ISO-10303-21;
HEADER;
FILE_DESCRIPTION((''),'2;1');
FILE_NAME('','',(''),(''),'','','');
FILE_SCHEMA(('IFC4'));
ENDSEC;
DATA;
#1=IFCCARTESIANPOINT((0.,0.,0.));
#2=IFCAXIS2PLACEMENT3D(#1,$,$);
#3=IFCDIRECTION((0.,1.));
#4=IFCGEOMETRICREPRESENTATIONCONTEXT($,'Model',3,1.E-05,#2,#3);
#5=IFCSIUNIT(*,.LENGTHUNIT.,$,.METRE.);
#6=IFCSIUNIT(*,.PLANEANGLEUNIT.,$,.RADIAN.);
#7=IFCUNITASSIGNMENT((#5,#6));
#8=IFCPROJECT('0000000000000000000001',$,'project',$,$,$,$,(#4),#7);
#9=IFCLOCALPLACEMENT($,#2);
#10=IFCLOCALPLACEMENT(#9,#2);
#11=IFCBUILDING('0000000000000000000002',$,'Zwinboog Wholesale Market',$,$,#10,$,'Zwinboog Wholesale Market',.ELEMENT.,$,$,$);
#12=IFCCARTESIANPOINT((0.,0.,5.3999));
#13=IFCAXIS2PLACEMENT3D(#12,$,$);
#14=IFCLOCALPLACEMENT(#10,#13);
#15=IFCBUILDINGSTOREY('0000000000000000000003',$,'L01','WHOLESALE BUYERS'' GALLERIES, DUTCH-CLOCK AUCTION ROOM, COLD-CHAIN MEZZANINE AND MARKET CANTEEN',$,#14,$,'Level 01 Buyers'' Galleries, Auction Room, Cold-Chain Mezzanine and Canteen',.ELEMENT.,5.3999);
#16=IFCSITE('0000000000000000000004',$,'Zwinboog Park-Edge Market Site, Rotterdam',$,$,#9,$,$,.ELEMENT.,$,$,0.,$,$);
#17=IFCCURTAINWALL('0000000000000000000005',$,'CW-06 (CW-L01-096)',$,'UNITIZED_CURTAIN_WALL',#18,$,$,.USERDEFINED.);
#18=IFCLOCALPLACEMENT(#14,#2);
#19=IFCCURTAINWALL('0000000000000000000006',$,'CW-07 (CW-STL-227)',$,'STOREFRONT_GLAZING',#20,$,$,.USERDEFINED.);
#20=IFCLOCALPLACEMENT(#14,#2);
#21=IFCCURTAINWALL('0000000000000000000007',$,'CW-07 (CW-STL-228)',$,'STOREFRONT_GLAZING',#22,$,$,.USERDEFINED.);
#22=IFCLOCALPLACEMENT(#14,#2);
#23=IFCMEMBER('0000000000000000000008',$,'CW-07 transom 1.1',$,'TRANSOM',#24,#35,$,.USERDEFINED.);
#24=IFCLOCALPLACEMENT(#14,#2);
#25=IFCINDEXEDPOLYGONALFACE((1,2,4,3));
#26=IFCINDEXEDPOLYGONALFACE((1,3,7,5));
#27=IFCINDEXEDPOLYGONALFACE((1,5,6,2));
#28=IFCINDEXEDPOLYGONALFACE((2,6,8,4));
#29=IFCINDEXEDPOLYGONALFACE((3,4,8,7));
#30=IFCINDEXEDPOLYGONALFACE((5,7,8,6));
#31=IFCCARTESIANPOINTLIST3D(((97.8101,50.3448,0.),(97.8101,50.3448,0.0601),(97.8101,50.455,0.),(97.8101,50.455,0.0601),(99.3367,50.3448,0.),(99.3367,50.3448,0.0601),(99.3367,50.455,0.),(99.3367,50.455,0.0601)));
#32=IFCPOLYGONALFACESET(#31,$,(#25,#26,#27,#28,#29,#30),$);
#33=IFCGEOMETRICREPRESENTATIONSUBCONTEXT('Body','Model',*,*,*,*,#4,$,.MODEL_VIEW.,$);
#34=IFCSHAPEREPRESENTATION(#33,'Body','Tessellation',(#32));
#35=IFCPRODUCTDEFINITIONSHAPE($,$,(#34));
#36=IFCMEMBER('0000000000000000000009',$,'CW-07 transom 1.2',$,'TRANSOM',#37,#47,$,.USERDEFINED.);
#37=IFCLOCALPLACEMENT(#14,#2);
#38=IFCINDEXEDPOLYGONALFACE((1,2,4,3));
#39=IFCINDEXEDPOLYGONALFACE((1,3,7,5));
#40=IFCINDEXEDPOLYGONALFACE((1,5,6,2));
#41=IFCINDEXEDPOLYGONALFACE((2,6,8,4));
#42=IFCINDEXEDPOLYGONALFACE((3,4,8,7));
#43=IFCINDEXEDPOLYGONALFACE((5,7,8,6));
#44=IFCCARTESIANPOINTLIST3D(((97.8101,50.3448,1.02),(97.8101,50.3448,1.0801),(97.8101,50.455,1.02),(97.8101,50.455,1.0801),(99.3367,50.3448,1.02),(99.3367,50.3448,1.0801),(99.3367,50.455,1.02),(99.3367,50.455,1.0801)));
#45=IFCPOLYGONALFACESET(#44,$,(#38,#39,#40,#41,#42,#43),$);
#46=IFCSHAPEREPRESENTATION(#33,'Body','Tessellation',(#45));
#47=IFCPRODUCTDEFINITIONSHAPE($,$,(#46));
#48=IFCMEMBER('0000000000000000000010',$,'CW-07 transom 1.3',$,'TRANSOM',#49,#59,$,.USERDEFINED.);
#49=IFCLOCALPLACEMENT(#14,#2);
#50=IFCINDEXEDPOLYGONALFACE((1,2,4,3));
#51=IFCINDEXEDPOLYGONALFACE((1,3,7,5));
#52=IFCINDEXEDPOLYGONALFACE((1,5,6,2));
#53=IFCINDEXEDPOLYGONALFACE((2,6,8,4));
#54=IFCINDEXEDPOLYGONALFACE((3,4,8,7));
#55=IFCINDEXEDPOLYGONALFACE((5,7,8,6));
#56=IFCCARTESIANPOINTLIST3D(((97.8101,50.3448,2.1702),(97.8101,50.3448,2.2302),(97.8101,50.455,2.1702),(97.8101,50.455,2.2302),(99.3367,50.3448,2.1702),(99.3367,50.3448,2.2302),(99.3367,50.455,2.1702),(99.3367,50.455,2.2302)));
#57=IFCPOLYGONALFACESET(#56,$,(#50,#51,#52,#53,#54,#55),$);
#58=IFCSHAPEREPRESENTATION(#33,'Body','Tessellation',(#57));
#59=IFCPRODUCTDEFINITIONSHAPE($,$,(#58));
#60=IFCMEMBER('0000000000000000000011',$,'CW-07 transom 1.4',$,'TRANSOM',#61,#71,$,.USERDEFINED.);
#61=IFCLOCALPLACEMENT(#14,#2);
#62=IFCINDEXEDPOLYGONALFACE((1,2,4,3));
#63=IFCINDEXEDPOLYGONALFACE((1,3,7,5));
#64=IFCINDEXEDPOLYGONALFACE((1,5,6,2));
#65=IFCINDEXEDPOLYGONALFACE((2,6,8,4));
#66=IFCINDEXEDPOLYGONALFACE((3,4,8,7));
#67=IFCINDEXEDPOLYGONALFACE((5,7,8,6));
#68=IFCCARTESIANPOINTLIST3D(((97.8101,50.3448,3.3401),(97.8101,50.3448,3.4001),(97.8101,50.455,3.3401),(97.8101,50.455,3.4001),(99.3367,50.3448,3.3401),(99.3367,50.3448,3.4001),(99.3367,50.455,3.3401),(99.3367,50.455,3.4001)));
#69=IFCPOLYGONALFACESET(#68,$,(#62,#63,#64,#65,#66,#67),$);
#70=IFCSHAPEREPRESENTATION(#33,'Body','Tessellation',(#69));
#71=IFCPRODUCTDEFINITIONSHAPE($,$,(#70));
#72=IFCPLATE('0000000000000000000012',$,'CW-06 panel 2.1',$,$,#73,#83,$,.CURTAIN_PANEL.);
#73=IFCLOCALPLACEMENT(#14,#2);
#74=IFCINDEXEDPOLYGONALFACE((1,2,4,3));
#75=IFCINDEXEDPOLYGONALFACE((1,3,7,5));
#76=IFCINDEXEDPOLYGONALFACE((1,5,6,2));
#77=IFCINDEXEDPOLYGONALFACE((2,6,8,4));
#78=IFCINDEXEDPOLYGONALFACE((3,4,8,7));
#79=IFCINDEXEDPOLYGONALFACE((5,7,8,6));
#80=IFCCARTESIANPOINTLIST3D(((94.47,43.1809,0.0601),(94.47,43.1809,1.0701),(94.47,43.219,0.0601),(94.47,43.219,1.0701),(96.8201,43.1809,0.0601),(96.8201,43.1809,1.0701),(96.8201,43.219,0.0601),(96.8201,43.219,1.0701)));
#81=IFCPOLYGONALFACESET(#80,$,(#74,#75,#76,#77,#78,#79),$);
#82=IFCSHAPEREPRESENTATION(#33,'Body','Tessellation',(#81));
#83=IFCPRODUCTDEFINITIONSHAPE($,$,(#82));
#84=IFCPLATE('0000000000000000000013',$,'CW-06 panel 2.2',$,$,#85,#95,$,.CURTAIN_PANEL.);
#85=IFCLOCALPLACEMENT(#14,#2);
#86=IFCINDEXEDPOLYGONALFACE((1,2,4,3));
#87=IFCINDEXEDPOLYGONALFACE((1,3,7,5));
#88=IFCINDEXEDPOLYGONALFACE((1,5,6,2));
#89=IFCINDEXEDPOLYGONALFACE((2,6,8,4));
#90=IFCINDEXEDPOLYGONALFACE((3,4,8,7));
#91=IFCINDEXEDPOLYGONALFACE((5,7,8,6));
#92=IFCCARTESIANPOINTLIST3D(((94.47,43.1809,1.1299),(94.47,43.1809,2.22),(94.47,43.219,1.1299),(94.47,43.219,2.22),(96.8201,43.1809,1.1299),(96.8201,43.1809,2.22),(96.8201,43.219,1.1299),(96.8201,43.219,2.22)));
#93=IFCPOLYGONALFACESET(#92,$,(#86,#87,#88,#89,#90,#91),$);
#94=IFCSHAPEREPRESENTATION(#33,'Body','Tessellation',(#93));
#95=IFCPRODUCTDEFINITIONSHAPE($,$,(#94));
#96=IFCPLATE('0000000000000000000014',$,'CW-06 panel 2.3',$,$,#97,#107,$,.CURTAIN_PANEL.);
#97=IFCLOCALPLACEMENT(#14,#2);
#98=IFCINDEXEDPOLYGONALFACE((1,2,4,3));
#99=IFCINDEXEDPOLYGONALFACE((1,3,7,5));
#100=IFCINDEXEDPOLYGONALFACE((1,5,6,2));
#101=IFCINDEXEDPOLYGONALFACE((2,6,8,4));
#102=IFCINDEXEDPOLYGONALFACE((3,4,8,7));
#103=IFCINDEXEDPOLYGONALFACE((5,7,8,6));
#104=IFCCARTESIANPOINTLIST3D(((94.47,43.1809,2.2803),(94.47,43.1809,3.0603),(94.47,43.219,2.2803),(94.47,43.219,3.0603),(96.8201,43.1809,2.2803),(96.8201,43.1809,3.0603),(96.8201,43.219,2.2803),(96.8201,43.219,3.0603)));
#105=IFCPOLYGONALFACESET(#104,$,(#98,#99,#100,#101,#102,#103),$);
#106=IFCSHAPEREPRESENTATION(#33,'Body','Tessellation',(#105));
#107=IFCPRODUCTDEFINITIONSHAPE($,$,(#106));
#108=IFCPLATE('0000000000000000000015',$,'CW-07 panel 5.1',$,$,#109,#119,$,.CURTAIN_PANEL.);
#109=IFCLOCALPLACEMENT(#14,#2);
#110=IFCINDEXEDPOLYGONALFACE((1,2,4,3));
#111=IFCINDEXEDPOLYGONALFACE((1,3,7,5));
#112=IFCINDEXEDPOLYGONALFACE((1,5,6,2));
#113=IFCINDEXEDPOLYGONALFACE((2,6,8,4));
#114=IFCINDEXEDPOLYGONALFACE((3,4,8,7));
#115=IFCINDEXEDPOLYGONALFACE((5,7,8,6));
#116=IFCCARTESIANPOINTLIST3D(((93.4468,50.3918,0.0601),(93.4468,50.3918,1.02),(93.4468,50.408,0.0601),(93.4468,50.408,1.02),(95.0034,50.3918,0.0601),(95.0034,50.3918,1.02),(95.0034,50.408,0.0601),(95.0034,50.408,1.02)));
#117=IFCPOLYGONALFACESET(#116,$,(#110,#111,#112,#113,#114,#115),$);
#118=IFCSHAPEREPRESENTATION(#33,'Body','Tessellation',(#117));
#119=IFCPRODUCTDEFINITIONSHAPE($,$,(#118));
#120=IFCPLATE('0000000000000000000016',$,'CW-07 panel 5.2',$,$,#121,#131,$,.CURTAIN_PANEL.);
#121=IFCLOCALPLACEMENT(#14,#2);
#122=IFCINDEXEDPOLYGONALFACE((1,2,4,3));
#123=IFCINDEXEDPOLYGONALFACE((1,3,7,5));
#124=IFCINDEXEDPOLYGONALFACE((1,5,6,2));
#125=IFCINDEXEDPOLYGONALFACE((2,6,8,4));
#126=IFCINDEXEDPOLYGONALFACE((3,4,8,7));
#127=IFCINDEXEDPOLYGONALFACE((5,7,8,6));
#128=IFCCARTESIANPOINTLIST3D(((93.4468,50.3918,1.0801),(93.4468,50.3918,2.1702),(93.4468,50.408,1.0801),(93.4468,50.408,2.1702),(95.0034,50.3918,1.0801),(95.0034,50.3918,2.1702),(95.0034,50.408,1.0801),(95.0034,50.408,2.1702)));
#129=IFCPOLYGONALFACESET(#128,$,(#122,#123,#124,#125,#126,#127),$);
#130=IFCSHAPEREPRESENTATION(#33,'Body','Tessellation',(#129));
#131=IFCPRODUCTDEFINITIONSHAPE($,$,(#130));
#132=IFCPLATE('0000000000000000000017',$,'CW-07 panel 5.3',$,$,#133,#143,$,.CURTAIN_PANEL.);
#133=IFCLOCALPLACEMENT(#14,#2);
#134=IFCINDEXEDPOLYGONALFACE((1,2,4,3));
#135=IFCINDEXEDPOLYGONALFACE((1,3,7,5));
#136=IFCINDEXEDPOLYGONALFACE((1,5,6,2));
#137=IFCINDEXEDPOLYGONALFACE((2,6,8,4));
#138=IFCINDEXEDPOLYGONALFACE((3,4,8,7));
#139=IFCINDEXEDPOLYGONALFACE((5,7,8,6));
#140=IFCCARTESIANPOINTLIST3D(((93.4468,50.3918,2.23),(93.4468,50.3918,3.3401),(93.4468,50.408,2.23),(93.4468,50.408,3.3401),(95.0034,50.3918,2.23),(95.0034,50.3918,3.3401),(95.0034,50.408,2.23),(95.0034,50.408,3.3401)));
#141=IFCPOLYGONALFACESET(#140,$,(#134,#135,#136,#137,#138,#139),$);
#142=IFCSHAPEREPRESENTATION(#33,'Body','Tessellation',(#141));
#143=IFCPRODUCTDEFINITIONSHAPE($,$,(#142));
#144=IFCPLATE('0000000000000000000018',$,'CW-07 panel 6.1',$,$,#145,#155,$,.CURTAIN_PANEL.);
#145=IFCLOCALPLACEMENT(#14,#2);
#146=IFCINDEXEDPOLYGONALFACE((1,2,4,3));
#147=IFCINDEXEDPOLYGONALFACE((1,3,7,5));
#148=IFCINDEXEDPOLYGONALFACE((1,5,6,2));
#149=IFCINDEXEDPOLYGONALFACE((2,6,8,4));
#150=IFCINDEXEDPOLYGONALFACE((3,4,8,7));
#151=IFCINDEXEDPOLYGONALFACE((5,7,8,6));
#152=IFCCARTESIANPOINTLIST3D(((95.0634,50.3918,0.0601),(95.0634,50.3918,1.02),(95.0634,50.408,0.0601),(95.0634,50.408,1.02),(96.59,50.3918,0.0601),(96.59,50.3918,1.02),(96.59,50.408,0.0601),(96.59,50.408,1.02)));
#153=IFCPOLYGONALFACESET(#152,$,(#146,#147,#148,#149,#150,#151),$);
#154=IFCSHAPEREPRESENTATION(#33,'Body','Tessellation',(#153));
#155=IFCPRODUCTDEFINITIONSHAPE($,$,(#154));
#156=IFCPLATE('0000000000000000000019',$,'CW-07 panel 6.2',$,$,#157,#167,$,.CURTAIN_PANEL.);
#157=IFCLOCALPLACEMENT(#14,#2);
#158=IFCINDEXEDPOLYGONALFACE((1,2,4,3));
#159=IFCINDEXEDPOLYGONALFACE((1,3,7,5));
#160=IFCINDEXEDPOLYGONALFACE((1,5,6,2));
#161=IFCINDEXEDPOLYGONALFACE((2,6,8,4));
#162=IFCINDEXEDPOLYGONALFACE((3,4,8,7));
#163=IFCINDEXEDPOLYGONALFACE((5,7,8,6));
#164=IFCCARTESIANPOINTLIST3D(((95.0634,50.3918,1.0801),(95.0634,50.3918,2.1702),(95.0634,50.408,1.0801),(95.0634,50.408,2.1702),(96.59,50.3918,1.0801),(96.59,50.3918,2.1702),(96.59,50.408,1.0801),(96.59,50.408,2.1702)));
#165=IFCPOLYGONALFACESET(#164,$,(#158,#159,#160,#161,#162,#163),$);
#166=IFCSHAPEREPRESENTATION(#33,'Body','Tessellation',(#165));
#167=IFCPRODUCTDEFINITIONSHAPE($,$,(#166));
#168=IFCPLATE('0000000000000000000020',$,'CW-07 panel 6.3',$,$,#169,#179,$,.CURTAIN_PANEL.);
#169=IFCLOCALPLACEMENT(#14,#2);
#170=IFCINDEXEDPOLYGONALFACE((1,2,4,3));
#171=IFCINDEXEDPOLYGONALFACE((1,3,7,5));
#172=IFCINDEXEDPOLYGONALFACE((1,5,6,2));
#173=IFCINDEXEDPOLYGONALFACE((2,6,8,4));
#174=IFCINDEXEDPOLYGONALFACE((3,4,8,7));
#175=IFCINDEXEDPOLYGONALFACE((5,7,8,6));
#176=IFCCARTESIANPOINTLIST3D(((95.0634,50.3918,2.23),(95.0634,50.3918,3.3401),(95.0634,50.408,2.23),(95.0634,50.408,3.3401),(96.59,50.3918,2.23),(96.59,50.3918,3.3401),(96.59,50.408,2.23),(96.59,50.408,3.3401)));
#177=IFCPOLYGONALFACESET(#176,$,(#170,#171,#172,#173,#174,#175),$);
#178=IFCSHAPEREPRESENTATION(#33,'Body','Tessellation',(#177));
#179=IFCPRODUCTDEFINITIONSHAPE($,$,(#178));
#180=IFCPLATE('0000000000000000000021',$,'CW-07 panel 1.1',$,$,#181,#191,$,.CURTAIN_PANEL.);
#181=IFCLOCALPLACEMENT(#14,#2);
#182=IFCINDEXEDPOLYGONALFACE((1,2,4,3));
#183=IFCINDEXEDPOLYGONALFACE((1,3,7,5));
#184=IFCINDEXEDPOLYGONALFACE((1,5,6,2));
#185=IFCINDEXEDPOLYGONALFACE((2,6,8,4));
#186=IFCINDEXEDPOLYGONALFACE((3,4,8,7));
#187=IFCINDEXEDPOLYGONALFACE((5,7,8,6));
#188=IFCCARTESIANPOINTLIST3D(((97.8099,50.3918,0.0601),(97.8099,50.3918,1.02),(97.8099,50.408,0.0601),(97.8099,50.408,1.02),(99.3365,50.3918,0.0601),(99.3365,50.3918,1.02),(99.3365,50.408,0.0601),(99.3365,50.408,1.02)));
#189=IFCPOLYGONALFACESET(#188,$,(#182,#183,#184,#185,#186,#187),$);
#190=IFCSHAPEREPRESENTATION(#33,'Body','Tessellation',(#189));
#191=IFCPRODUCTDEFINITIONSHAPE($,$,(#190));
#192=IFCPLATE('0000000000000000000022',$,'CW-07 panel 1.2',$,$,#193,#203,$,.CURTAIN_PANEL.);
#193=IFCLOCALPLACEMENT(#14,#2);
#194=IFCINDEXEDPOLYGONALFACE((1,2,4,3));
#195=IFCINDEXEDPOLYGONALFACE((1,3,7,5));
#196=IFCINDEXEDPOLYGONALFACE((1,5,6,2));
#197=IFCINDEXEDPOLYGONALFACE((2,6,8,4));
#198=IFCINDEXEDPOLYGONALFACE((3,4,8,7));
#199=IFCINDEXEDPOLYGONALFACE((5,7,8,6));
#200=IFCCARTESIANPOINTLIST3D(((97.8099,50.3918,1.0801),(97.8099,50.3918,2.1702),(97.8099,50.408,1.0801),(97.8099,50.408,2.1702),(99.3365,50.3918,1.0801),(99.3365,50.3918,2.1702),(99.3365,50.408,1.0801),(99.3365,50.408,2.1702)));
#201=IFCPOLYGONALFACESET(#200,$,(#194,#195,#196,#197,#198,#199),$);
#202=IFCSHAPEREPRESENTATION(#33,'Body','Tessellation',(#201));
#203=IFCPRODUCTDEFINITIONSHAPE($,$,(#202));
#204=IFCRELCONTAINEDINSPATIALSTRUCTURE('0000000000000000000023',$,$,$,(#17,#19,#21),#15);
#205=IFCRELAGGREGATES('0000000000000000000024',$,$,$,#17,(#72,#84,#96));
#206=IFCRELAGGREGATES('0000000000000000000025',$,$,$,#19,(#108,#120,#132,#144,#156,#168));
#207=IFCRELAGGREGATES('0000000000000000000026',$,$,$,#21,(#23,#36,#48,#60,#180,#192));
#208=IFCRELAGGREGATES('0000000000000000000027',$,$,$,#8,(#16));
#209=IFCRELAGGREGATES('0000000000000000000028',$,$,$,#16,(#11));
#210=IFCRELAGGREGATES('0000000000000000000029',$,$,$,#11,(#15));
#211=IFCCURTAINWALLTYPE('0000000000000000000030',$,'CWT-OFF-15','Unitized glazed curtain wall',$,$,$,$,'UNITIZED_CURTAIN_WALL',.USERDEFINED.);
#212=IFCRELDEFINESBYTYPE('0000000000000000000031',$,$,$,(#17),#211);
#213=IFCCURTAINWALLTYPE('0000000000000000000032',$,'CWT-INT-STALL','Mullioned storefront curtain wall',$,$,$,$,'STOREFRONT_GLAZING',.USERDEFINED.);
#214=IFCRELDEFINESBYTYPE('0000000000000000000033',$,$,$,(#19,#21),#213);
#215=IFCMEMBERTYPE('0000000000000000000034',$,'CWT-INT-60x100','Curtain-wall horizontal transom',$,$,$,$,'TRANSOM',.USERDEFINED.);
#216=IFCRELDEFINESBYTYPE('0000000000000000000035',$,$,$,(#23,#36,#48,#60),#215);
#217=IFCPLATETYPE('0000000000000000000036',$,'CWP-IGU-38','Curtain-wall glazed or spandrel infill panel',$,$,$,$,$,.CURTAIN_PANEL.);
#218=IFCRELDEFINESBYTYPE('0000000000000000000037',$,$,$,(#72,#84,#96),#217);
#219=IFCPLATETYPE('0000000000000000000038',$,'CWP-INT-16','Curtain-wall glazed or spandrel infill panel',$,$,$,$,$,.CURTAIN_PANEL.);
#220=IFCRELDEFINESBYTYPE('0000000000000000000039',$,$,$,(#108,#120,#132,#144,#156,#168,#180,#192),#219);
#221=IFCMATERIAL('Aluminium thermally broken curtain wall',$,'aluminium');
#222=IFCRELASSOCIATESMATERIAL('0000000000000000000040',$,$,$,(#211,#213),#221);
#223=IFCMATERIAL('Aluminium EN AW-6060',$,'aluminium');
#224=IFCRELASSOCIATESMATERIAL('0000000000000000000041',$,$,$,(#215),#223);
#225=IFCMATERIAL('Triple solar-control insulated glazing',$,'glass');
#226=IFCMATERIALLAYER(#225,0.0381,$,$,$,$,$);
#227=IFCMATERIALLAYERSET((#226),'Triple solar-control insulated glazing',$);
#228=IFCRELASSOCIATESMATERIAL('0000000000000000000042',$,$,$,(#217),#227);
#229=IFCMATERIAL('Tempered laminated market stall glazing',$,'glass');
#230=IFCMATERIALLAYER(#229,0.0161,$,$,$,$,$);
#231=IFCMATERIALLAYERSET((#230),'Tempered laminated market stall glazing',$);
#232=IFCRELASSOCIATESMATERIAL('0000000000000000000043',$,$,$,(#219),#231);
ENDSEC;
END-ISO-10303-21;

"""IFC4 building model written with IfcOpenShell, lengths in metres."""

from ifc_helpers import new_model, si_unit, direction, frame, origin, origin_2d, place, context, subcontext, project, spatial, rectangle, extrude, material, layer, layer_set, material_profile, profile_set, type_object, element, aggregate, save


model = new_model("IFC4")

# Units and contexts
model_context = context("Model", 3, precision=1e-05, world=origin(), true_north=direction((0.0, 1.0)))
body_context = subcontext(model_context, "Body", "Model", "MODEL_VIEW")
ifc_project = project(units=[si_unit("LENGTHUNIT", "METRE"), si_unit("PLANEANGLEUNIT", "RADIAN")], contexts=[model_context])

# Site, building, storey
site_placement = place(None, origin())
site = spatial("IfcSite", under=ifc_project, at=site_placement, Name="Zwinboog Park-Edge Market Site, Rotterdam", CompositionType="ELEMENT", RefElevation=0.0)
building_placement = place(site_placement, origin())
building = spatial("IfcBuilding", under=site, at=building_placement, Name="Zwinboog Wholesale Market", LongName="Zwinboog Wholesale Market", CompositionType="ELEMENT")
storey_placement = place(building_placement, frame((0.0, 0.0, 5.3999)))
storey = spatial("IfcBuildingStorey", under=building, at=storey_placement, Name="L01", Description="WHOLESALE BUYERS' GALLERIES, DUTCH-CLOCK AUCTION ROOM, COLD-CHAIN MEZZANINE AND MARKET CANTEEN", LongName="Level 01 Buyers' Galleries, Auction Room, Cold-Chain Mezzanine and Canteen", CompositionType="ELEMENT", Elevation=5.3999)

# Curtain wall
ifc_material_1 = material(Name="Aluminium thermally broken curtain wall", Category="aluminium")
ifc_material_2 = material(Name="Aluminium EN AW-6060", Category="aluminium")
curtain_wall_type_1 = type_object("IfcCurtainWallType", Name="CWT-OFF-15", Description="Unitized glazed curtain wall", ElementType="UNITIZED_CURTAIN_WALL", PredefinedType="USERDEFINED", material=ifc_material_1)
curtain_wall_1_placement = place(storey_placement, origin())
curtain_wall_1 = element("IfcCurtainWall", 1, at=curtain_wall_1_placement, inside=storey, type_object=curtain_wall_type_1, Name="CW-06 (CW-L01-096)", ObjectType="UNITIZED_CURTAIN_WALL", PredefinedType="USERDEFINED")

# Curtain wall
curtain_wall_type_2 = type_object("IfcCurtainWallType", Name="CWT-INT-STALL", Description="Mullioned storefront curtain wall", ElementType="STOREFRONT_GLAZING", PredefinedType="USERDEFINED", material=ifc_material_1)
curtain_wall_2_placement = place(storey_placement, origin())
curtain_wall_2 = element("IfcCurtainWall", 2, at=curtain_wall_2_placement, inside=storey, type_object=curtain_wall_type_2, Name="CW-07 (CW-STL-227)", ObjectType="STOREFRONT_GLAZING", PredefinedType="USERDEFINED")

# Curtain wall
curtain_wall_3_placement = place(storey_placement, origin())
curtain_wall_3 = element("IfcCurtainWall", 3, at=curtain_wall_3_placement, inside=storey, type_object=curtain_wall_type_2, Name="CW-07 (CW-STL-228)", ObjectType="STOREFRONT_GLAZING", PredefinedType="USERDEFINED")

# Members
ifc_material_profile_1 = material_profile(ifc_material_2, rectangle(XDim=0.1101, YDim=0.0601, at=origin_2d()), Name="AL 60x110")
ifc_profile_set_1 = profile_set([ifc_material_profile_1], Name="Aluminium EN AW-6060")
member_type_1 = type_object("IfcMemberType", Name="CWT-INT-60x100", Description="Curtain-wall horizontal transom", ElementType="TRANSOM", PredefinedType="USERDEFINED", material=ifc_profile_set_1)
member_1_placement = place(storey_placement, frame((97.8101, 50.3999, 0.03), z_axis=(1.0, 0.0, 0.0), x_axis=(0.0, 1.0, 0.0)))
member_1 = element("IfcMember", 4, at=member_1_placement, type_object=member_type_1, Name="CW-07 transom 1.1", ObjectType="TRANSOM", PredefinedType="USERDEFINED", context=body_context, shape_type="SweptSolid", body=[
    extrude(rectangle(XDim=0.1101, YDim=0.0601, at=origin_2d()), origin(), (0.0, 0.0, 1.0), 1.5266),
])
member_2_placement = place(storey_placement, frame((97.8101, 50.3999, 1.05), z_axis=(1.0, 0.0, 0.0), x_axis=(0.0, 1.0, 0.0)))
member_2 = element("IfcMember", 5, at=member_2_placement, type_object=member_type_1, Name="CW-07 transom 1.2", ObjectType="TRANSOM", PredefinedType="USERDEFINED", context=body_context, shape_type="SweptSolid", body=[
    extrude(rectangle(XDim=0.1101, YDim=0.0601, at=origin_2d()), origin(), (0.0, 0.0, 1.0), 1.5266),
])
member_3_placement = place(storey_placement, frame((97.8101, 50.3999, 2.2002), z_axis=(1.0, 0.0, 0.0), x_axis=(0.0, 1.0, 0.0)))
member_3 = element("IfcMember", 6, at=member_3_placement, type_object=member_type_1, Name="CW-07 transom 1.3", ObjectType="TRANSOM", PredefinedType="USERDEFINED", context=body_context, shape_type="SweptSolid", body=[
    extrude(rectangle(XDim=0.1101, YDim=0.0601, at=origin_2d()), origin(), (0.0, 0.0, 1.0), 1.5266),
])
member_4_placement = place(storey_placement, frame((97.8101, 50.3999, 3.3701), z_axis=(1.0, 0.0, 0.0), x_axis=(0.0, 1.0, 0.0)))
member_4 = element("IfcMember", 7, at=member_4_placement, type_object=member_type_1, Name="CW-07 transom 1.4", ObjectType="TRANSOM", PredefinedType="USERDEFINED", context=body_context, shape_type="SweptSolid", body=[
    extrude(rectangle(XDim=0.1101, YDim=0.0601, at=origin_2d()), origin(), (0.0, 0.0, 1.0), 1.5266),
])

# Plates
ifc_material_3 = material(Name="Triple solar-control insulated glazing", Category="glass")
ifc_layer_1 = layer(ifc_material_3, 0.0381)
ifc_layer_set_1 = layer_set([ifc_layer_1], Name="Triple solar-control insulated glazing")
plate_type_1 = type_object("IfcPlateType", Name="CWP-IGU-38", Description="Curtain-wall glazed or spandrel infill panel", PredefinedType="CURTAIN_PANEL", material=ifc_layer_set_1)
plate_1_placement = place(storey_placement, frame((95.645, 43.2, 0.0601), z_axis=(0.0, 0.0, 1.0), x_axis=(1.0, 0.0, 0.0)))
plate_1 = element("IfcPlate", 8, at=plate_1_placement, type_object=plate_type_1, Name="CW-06 panel 2.1", PredefinedType="CURTAIN_PANEL", context=body_context, shape_type="SweptSolid", body=[
    extrude(rectangle(XDim=2.3501, YDim=0.0381, at=origin_2d()), origin(), (0.0, 0.0, 1.0), 1.01),
])
plate_2_placement = place(storey_placement, frame((95.645, 43.2, 1.1299), z_axis=(0.0, 0.0, 1.0), x_axis=(1.0, 0.0, 0.0)))
plate_2 = element("IfcPlate", 9, at=plate_2_placement, type_object=plate_type_1, Name="CW-06 panel 2.2", PredefinedType="CURTAIN_PANEL", context=body_context, shape_type="SweptSolid", body=[
    extrude(rectangle(XDim=2.3501, YDim=0.0381, at=origin_2d()), origin(), (0.0, 0.0, 1.0), 1.0901),
])
plate_3_placement = place(storey_placement, frame((95.645, 43.2, 2.2803), z_axis=(0.0, 0.0, 1.0), x_axis=(1.0, 0.0, 0.0)))
plate_3 = element("IfcPlate", 10, at=plate_3_placement, type_object=plate_type_1, Name="CW-06 panel 2.3", PredefinedType="CURTAIN_PANEL", context=body_context, shape_type="SweptSolid", body=[
    extrude(rectangle(XDim=2.3501, YDim=0.0381, at=origin_2d()), origin(), (0.0, 0.0, 1.0), 0.78),
])
aggregate(curtain_wall_1, [plate_1, plate_2, plate_3])
ifc_material_4 = material(Name="Tempered laminated market stall glazing", Category="glass")
ifc_layer_2 = layer(ifc_material_4, 0.0161)
ifc_layer_set_2 = layer_set([ifc_layer_2], Name="Tempered laminated market stall glazing")
plate_type_2 = type_object("IfcPlateType", Name="CWP-INT-16", Description="Curtain-wall glazed or spandrel infill panel", PredefinedType="CURTAIN_PANEL", material=ifc_layer_set_2)
plate_4_placement = place(storey_placement, frame((94.2251, 50.3999, 0.0601), z_axis=(0.0, 0.0, 1.0), x_axis=(1.0, 0.0, 0.0)))
plate_4 = element("IfcPlate", 11, at=plate_4_placement, type_object=plate_type_2, Name="CW-07 panel 5.1", PredefinedType="CURTAIN_PANEL", context=body_context, shape_type="SweptSolid", body=[
    extrude(rectangle(XDim=1.5566, YDim=0.0161, at=origin_2d()), origin(), (0.0, 0.0, 1.0), 0.96),
])
plate_5_placement = place(storey_placement, frame((94.2251, 50.3999, 1.0801), z_axis=(0.0, 0.0, 1.0), x_axis=(1.0, 0.0, 0.0)))
plate_5 = element("IfcPlate", 12, at=plate_5_placement, type_object=plate_type_2, Name="CW-07 panel 5.2", PredefinedType="CURTAIN_PANEL", context=body_context, shape_type="SweptSolid", body=[
    extrude(rectangle(XDim=1.5566, YDim=0.0161, at=origin_2d()), origin(), (0.0, 0.0, 1.0), 1.0901),
])
plate_6_placement = place(storey_placement, frame((94.2251, 50.3999, 2.23), z_axis=(0.0, 0.0, 1.0), x_axis=(1.0, 0.0, 0.0)))
plate_6 = element("IfcPlate", 13, at=plate_6_placement, type_object=plate_type_2, Name="CW-07 panel 5.3", PredefinedType="CURTAIN_PANEL", context=body_context, shape_type="SweptSolid", body=[
    extrude(rectangle(XDim=1.5566, YDim=0.0161, at=origin_2d()), origin(), (0.0, 0.0, 1.0), 1.1101),
])
plate_7_placement = place(storey_placement, frame((95.8267, 50.3999, 0.0601), z_axis=(0.0, 0.0, 1.0), x_axis=(1.0, 0.0, 0.0)))
plate_7 = element("IfcPlate", 14, at=plate_7_placement, type_object=plate_type_2, Name="CW-07 panel 6.1", PredefinedType="CURTAIN_PANEL", context=body_context, shape_type="SweptSolid", body=[
    extrude(rectangle(XDim=1.5266, YDim=0.0161, at=origin_2d()), origin(), (0.0, 0.0, 1.0), 0.96),
])
plate_8_placement = place(storey_placement, frame((95.8267, 50.3999, 1.0801), z_axis=(0.0, 0.0, 1.0), x_axis=(1.0, 0.0, 0.0)))
plate_8 = element("IfcPlate", 15, at=plate_8_placement, type_object=plate_type_2, Name="CW-07 panel 6.2", PredefinedType="CURTAIN_PANEL", context=body_context, shape_type="SweptSolid", body=[
    extrude(rectangle(XDim=1.5266, YDim=0.0161, at=origin_2d()), origin(), (0.0, 0.0, 1.0), 1.0901),
])
plate_9_placement = place(storey_placement, frame((95.8267, 50.3999, 2.23), z_axis=(0.0, 0.0, 1.0), x_axis=(1.0, 0.0, 0.0)))
plate_9 = element("IfcPlate", 16, at=plate_9_placement, type_object=plate_type_2, Name="CW-07 panel 6.3", PredefinedType="CURTAIN_PANEL", context=body_context, shape_type="SweptSolid", body=[
    extrude(rectangle(XDim=1.5266, YDim=0.0161, at=origin_2d()), origin(), (0.0, 0.0, 1.0), 1.1101),
])
aggregate(curtain_wall_2, [plate_4, plate_5, plate_6, plate_7, plate_8, plate_9])
plate_10_placement = place(storey_placement, frame((98.5732, 50.3999, 0.0601), z_axis=(0.0, 0.0, 1.0), x_axis=(1.0, 0.0, 0.0)))
plate_10 = element("IfcPlate", 17, at=plate_10_placement, type_object=plate_type_2, Name="CW-07 panel 1.1", PredefinedType="CURTAIN_PANEL", context=body_context, shape_type="SweptSolid", body=[
    extrude(rectangle(XDim=1.5266, YDim=0.0161, at=origin_2d()), origin(), (0.0, 0.0, 1.0), 0.96),
])
plate_11_placement = place(storey_placement, frame((98.5732, 50.3999, 1.0801), z_axis=(0.0, 0.0, 1.0), x_axis=(1.0, 0.0, 0.0)))
plate_11 = element("IfcPlate", 18, at=plate_11_placement, type_object=plate_type_2, Name="CW-07 panel 1.2", PredefinedType="CURTAIN_PANEL", context=body_context, shape_type="SweptSolid", body=[
    extrude(rectangle(XDim=1.5266, YDim=0.0161, at=origin_2d()), origin(), (0.0, 0.0, 1.0), 1.0901),
])
aggregate(curtain_wall_3, [member_1, member_2, member_3, member_4, plate_10, plate_11])

save(model, "model.ifc")
